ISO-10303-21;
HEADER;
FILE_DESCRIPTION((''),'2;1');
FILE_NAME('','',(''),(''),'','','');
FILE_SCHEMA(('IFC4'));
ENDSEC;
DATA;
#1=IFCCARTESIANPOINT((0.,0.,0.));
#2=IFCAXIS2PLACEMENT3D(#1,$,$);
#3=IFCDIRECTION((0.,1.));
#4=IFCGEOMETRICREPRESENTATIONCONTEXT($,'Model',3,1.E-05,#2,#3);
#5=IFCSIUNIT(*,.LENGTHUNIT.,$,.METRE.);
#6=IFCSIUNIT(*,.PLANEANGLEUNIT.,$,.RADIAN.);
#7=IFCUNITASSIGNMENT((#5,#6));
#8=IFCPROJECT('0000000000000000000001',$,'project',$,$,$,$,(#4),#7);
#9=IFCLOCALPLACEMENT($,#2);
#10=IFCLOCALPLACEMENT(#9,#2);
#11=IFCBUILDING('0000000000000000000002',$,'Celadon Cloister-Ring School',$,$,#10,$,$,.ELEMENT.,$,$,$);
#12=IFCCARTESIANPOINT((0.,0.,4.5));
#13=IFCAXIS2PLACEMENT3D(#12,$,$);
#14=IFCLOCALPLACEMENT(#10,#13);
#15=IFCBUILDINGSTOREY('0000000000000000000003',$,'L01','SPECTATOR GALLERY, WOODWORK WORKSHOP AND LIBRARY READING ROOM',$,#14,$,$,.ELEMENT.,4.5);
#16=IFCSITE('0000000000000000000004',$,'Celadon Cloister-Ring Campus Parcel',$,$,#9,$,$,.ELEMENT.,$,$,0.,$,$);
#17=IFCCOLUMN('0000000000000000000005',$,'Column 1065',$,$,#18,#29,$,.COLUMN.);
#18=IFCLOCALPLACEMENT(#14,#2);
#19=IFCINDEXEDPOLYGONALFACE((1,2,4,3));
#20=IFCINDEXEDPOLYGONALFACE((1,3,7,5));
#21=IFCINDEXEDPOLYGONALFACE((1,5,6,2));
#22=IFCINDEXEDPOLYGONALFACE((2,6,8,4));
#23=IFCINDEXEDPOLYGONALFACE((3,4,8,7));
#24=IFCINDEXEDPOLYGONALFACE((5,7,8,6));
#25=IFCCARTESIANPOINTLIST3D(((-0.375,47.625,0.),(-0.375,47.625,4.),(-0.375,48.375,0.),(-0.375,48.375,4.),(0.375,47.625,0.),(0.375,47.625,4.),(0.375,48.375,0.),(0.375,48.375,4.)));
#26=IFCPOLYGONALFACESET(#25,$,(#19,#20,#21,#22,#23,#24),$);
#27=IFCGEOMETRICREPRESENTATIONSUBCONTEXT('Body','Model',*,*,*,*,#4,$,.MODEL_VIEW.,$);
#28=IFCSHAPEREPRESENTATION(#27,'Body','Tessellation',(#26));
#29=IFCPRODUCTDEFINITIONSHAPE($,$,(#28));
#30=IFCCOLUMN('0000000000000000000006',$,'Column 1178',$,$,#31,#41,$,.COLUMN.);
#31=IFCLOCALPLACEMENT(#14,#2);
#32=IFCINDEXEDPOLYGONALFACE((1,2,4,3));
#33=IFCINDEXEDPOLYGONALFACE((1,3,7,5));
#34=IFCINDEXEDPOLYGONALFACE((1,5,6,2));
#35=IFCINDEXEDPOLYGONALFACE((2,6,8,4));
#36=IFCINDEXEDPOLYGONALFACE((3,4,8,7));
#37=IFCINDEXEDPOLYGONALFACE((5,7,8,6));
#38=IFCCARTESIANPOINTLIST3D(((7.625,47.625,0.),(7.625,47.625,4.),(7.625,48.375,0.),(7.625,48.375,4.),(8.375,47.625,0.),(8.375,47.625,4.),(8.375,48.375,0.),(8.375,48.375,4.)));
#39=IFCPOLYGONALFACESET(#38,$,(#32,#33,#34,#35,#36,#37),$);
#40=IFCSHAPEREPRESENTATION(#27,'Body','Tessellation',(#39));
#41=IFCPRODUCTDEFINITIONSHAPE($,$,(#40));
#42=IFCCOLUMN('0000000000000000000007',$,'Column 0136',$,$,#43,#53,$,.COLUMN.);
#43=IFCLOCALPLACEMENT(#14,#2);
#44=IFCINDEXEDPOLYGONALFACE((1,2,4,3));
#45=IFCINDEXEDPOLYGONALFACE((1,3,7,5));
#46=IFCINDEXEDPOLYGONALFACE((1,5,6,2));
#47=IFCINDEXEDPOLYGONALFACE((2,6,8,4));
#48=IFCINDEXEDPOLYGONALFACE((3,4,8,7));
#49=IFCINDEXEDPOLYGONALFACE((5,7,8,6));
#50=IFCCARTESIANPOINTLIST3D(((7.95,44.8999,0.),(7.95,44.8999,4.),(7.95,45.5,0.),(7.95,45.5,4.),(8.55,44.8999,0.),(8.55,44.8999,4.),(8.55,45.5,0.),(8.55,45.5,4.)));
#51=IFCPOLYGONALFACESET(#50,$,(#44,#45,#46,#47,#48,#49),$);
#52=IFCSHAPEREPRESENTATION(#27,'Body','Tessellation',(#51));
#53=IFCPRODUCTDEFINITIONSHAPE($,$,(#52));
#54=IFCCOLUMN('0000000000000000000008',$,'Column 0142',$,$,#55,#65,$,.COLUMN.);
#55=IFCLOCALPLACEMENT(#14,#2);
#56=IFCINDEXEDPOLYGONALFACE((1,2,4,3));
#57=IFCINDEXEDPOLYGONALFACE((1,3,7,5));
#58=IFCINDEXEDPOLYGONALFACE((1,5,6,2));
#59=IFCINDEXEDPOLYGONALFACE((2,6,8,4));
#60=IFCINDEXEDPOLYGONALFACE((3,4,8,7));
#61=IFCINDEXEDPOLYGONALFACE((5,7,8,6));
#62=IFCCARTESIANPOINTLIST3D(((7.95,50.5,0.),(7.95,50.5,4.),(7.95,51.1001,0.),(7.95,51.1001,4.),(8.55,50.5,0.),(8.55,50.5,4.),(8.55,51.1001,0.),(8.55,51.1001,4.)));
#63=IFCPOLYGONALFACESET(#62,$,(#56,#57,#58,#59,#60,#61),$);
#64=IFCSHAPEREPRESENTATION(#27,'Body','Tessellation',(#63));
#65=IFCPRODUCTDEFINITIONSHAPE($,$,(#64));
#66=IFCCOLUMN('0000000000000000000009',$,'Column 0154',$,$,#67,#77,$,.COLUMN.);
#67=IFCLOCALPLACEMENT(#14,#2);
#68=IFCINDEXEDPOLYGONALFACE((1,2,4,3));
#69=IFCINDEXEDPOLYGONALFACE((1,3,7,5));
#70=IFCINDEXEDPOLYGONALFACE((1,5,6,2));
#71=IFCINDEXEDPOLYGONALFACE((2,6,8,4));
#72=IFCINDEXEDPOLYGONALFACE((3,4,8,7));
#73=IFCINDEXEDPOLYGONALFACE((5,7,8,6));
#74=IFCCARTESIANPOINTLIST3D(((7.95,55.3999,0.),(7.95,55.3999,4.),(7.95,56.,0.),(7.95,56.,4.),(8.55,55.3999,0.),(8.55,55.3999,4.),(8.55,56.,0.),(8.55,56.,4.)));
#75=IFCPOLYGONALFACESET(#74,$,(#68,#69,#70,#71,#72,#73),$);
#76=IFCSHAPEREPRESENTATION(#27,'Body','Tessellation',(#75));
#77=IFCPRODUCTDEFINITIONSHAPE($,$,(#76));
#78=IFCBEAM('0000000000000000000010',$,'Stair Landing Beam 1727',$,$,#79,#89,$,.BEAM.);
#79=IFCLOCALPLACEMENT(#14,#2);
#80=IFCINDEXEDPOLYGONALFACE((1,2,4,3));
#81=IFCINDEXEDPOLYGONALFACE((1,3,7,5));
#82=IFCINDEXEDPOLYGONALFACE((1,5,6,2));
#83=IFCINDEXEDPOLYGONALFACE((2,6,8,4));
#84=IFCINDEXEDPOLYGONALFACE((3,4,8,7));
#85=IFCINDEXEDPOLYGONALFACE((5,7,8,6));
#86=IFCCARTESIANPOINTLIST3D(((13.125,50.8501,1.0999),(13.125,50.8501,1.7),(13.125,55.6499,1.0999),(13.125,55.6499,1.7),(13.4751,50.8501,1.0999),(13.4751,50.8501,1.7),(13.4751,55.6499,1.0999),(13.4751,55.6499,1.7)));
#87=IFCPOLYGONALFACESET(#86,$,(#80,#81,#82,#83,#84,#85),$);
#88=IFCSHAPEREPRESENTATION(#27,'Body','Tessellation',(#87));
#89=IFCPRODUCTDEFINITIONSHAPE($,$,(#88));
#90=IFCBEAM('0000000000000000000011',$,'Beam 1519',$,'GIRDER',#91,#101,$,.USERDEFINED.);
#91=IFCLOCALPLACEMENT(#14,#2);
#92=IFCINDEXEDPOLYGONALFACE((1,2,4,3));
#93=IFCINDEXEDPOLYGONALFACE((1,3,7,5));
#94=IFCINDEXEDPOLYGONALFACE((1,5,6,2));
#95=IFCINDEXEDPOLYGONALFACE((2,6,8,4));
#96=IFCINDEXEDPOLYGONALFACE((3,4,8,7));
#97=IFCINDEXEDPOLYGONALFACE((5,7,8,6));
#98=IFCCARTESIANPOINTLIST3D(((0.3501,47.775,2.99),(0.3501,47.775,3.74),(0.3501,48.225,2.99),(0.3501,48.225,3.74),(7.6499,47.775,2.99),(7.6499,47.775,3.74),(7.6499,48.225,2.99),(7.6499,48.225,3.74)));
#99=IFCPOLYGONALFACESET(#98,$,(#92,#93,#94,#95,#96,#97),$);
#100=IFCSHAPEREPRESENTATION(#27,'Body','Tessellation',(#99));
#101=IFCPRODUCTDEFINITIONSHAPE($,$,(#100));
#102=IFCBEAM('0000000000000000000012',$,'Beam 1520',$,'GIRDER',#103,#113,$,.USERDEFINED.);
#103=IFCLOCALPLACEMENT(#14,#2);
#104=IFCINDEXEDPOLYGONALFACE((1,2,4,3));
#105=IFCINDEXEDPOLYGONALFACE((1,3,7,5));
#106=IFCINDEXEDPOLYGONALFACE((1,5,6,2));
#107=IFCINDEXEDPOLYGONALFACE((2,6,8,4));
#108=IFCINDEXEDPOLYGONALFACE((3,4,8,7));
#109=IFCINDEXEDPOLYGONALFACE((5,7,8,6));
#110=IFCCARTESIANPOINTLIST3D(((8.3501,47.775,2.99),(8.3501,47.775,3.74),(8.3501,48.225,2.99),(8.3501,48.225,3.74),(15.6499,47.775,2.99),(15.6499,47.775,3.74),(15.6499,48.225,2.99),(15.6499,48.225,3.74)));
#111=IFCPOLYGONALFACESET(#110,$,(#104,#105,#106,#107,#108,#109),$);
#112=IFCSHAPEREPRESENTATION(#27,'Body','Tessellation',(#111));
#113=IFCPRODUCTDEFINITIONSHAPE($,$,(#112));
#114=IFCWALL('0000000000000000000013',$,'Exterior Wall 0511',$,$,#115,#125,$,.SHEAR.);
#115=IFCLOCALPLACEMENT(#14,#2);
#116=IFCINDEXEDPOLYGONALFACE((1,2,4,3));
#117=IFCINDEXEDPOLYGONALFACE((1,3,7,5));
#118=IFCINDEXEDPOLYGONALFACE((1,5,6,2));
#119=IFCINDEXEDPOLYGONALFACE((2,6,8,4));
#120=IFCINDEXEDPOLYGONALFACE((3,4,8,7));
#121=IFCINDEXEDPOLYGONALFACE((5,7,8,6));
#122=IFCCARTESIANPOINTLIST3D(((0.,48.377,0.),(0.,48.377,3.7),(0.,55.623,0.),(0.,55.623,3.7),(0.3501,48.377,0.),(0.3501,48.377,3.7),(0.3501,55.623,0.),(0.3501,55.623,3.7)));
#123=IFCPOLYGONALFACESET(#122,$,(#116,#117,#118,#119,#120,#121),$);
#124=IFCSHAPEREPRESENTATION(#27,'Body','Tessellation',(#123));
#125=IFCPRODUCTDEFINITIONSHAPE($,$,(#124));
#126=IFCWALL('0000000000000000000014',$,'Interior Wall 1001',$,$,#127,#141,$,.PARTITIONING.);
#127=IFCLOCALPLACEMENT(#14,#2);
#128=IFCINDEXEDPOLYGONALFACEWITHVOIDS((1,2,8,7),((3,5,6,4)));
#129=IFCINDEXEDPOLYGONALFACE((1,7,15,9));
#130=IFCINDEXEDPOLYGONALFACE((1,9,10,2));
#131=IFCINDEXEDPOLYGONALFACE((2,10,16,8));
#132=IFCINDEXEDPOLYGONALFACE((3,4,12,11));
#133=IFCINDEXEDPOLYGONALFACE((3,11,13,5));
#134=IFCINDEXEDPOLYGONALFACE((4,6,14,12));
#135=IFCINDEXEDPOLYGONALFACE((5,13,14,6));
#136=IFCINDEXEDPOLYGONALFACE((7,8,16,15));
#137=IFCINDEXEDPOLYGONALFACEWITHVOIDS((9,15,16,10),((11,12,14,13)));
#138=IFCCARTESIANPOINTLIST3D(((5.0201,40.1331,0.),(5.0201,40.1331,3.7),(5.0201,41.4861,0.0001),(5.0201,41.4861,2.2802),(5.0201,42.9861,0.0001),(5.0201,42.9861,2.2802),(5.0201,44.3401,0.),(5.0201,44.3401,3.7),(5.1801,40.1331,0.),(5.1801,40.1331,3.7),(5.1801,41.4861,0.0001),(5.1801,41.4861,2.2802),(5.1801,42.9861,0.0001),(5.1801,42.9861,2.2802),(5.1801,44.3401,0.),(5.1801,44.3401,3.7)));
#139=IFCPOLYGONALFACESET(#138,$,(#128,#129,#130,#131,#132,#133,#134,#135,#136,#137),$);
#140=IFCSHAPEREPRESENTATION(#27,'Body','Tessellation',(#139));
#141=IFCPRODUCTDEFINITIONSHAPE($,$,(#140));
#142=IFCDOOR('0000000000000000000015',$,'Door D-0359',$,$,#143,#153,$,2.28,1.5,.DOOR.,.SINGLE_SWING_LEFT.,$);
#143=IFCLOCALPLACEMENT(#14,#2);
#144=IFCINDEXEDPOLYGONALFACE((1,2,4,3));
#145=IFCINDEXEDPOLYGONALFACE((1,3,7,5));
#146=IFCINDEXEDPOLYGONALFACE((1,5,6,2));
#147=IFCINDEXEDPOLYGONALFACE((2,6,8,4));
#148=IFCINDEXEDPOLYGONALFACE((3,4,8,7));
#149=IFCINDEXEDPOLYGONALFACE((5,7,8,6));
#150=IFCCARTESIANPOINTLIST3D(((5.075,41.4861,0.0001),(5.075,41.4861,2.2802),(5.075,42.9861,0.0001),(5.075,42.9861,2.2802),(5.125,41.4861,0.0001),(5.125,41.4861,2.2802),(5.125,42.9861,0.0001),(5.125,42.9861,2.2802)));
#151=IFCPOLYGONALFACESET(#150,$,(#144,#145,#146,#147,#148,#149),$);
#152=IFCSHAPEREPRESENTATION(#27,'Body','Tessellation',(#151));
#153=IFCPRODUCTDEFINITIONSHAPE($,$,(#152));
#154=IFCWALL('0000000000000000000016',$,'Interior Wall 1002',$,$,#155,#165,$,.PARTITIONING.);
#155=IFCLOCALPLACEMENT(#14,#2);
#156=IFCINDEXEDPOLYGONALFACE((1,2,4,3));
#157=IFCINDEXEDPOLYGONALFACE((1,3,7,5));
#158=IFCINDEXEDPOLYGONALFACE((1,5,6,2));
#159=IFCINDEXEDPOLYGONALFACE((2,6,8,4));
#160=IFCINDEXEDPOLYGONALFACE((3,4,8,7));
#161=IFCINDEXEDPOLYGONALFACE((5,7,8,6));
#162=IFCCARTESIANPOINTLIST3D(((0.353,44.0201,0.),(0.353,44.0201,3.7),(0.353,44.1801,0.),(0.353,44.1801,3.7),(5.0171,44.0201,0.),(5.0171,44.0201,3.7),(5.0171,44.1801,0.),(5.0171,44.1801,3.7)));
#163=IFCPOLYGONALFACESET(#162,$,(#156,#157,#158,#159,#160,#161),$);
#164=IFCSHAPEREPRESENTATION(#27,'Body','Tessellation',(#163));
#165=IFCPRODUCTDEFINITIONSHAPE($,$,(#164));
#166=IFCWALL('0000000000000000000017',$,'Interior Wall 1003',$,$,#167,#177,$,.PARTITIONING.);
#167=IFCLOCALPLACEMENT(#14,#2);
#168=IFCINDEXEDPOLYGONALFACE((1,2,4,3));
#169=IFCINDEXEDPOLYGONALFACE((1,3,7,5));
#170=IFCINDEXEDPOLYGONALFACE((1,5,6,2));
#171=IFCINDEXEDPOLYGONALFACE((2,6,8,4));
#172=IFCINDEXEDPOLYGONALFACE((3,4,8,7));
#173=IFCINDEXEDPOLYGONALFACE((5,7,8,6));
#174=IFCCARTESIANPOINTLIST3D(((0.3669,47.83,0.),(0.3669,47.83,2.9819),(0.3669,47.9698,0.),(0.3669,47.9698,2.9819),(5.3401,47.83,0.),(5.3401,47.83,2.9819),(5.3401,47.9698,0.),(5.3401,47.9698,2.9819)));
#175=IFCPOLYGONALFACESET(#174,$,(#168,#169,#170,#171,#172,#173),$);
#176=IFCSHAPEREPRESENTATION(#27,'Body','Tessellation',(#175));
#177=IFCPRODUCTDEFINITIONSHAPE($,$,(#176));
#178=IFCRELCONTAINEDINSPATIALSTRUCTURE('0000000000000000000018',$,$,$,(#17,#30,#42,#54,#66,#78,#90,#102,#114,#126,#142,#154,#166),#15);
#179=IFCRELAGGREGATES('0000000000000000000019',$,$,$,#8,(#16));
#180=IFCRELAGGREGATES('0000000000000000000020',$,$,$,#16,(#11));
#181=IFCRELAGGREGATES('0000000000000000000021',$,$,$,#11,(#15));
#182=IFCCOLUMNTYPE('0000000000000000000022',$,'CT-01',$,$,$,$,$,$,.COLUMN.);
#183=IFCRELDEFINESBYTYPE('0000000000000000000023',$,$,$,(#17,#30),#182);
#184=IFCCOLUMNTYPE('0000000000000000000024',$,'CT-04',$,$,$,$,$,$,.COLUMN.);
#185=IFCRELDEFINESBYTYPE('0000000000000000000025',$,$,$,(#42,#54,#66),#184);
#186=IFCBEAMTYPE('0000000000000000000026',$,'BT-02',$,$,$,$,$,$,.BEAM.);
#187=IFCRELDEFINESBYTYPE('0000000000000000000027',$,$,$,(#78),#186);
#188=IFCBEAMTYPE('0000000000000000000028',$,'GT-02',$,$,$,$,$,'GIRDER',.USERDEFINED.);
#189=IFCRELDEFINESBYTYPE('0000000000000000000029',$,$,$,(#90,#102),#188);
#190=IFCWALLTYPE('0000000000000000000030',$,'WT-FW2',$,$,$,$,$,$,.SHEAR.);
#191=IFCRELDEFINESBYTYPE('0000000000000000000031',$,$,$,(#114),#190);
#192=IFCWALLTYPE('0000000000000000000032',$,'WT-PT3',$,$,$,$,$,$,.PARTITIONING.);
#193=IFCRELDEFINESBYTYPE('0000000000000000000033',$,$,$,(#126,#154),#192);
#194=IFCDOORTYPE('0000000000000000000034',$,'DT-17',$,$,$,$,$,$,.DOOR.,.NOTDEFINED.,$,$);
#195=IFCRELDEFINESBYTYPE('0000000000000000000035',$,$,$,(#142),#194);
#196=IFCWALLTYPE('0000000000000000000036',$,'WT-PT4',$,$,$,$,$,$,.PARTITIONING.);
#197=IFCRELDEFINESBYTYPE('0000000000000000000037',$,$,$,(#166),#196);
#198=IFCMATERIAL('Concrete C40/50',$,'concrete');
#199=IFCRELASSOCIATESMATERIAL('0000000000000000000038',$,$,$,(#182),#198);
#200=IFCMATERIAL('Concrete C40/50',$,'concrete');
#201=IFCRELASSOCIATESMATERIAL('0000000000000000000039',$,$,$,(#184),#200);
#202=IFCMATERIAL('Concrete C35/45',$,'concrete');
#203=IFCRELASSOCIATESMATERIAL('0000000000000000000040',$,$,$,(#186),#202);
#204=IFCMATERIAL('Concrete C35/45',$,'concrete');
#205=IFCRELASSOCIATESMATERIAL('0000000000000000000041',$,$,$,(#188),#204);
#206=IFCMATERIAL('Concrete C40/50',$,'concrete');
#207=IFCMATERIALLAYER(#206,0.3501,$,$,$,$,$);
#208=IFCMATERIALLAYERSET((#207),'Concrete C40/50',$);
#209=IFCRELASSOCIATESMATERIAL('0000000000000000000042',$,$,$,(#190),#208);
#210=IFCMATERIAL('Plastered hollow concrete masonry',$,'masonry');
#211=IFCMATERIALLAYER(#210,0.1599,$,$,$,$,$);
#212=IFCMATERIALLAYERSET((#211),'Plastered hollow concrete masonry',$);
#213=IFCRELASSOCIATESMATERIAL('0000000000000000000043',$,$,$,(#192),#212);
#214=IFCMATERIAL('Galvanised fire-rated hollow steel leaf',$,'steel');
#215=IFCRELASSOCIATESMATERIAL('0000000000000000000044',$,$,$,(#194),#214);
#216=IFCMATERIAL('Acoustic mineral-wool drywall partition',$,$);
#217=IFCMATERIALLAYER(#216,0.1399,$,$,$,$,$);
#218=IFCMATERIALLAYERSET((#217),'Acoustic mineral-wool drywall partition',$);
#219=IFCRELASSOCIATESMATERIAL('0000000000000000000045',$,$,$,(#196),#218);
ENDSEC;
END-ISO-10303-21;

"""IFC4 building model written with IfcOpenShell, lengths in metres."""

from ifc_helpers import new_model, si_unit, direction, frame, frame_2d, origin, origin_2d, place, context, subcontext, project, spatial, rectangle, extrude, material, layer, layer_set, material_profile, profile_set, type_object, element, fill, save


model = new_model("IFC4")

# Units and contexts
model_context = context("Model", 3, precision=1e-05, world=origin(), true_north=direction((0.0, 1.0)))
body_context = subcontext(model_context, "Body", "Model", "MODEL_VIEW")
ifc_project = project(units=[si_unit("LENGTHUNIT", "METRE"), si_unit("PLANEANGLEUNIT", "RADIAN")], contexts=[model_context])

# Site, building, storey
site_placement = place(None, origin())
site = spatial("IfcSite", under=ifc_project, at=site_placement, Name="Celadon Cloister-Ring Campus Parcel", CompositionType="ELEMENT", RefElevation=0.0)
building_placement = place(site_placement, origin())
building = spatial("IfcBuilding", under=site, at=building_placement, Name="Celadon Cloister-Ring School", CompositionType="ELEMENT")
storey_placement = place(building_placement, frame((0.0, 0.0, 4.5)))
storey = spatial("IfcBuildingStorey", under=building, at=storey_placement, Name="L01", Description="SPECTATOR GALLERY, WOODWORK WORKSHOP AND LIBRARY READING ROOM", CompositionType="ELEMENT", Elevation=4.5)

# Columns
ifc_material_1 = material(Name="Concrete C40/50", Category="concrete")
ifc_material_profile_1 = material_profile(ifc_material_1, rectangle(XDim=0.75, YDim=0.75, at=origin_2d()), Name="RC750X750")
ifc_profile_set_1 = profile_set([ifc_material_profile_1], Name="Concrete C40/50")
column_type_1 = type_object("IfcColumnType", Name="CT-01", PredefinedType="COLUMN", material=ifc_profile_set_1)
for number, where, z_axis, x_axis, name in (
    (1, (0.0, 48.0, 0.0), (0.0, 0.0, 1.0), (1.0, 0.0, 0.0), "Column 1065"),
    (2, (8.0, 48.0, 0.0), (0.0, 0.0, 1.0), (1.0, 0.0, 0.0), "Column 1178"),
):
    element("IfcColumn", number, at=place(storey_placement, frame(where, z_axis=z_axis, x_axis=x_axis)), inside=storey, type_object=column_type_1, Name=name, PredefinedType="COLUMN", context=body_context, shape_type="SweptSolid", body=[
        extrude(rectangle(XDim=0.75, YDim=0.75, at=origin_2d()), origin(), (0.0, 0.0, 1.0), 4.0),
    ])
ifc_material_2 = material(Name="Concrete C40/50", Category="concrete")
ifc_material_profile_2 = material_profile(ifc_material_2, rectangle(XDim=0.6001, YDim=0.6001, at=origin_2d()), Name="RC600X600")
ifc_profile_set_2 = profile_set([ifc_material_profile_2], Name="Concrete C40/50")
column_type_2 = type_object("IfcColumnType", Name="CT-04", PredefinedType="COLUMN", material=ifc_profile_set_2)
for number, where, z_axis, x_axis, name in (
    (3, (8.25, 45.2, 0.0), (0.0, 0.0, 1.0), (1.0, 0.0, 0.0), "Column 0136"),
    (4, (8.25, 50.8, 0.0), (0.0, 0.0, 1.0), (1.0, 0.0, 0.0), "Column 0142"),
    (5, (8.25, 55.7, 0.0), (0.0, 0.0, 1.0), (1.0, 0.0, 0.0), "Column 0154"),
):
    element("IfcColumn", number, at=place(storey_placement, frame(where, z_axis=z_axis, x_axis=x_axis)), inside=storey, type_object=column_type_2, Name=name, PredefinedType="COLUMN", context=body_context, shape_type="SweptSolid", body=[
        extrude(rectangle(XDim=0.6001, YDim=0.6001, at=origin_2d()), origin(), (0.0, 0.0, 1.0), 4.0),
    ])

# Beams
ifc_material_3 = material(Name="Concrete C35/45", Category="concrete")
ifc_material_profile_3 = material_profile(ifc_material_3, rectangle(XDim=0.3501, YDim=0.6001, at=origin_2d()), Name="RC350X600")
ifc_profile_set_3 = profile_set([ifc_material_profile_3], Name="Concrete C35/45")
beam_type_1 = type_object("IfcBeamType", Name="BT-02", PredefinedType="BEAM", material=ifc_profile_set_3)
beam_placement = place(storey_placement, frame((13.3, 50.8501, 1.3999), z_axis=(0.0, 1.0, 0.0), x_axis=(-1.0, 0.0, 0.0)))
element("IfcBeam", 6, at=beam_placement, inside=storey, type_object=beam_type_1, Name="Stair Landing Beam 1727", PredefinedType="BEAM", context=body_context, shape_type="SweptSolid", body=[
    extrude(rectangle(XDim=0.3501, YDim=0.6001, at=origin_2d()), origin(), (0.0, 0.0, 1.0), 4.7998),
])
ifc_material_4 = material(Name="Concrete C35/45", Category="concrete")
ifc_material_profile_4 = material_profile(ifc_material_4, rectangle(XDim=0.45, YDim=0.75, at=origin_2d()), Name="RC450X750")
ifc_profile_set_4 = profile_set([ifc_material_profile_4], Name="Concrete C35/45")
beam_type_2 = type_object("IfcBeamType", Name="GT-02", ElementType="GIRDER", PredefinedType="USERDEFINED", material=ifc_profile_set_4)
for number, where, z_axis, x_axis, name in (
    (7, (0.3501, 48.0, 3.365), (1.0, 0.0, 0.0), (0.0, 1.0, 0.0), "Beam 1519"),
    (8, (8.3501, 48.0, 3.365), (1.0, 0.0, 0.0), (0.0, 1.0, 0.0), "Beam 1520"),
):
    element("IfcBeam", number, at=place(storey_placement, frame(where, z_axis=z_axis, x_axis=x_axis)), inside=storey, type_object=beam_type_2, Name=name, ObjectType="GIRDER", PredefinedType="USERDEFINED", context=body_context, shape_type="SweptSolid", body=[
        extrude(rectangle(XDim=0.45, YDim=0.75, at=origin_2d()), origin(), (0.0, 0.0, 1.0), 7.2998),
    ])

# Wall
ifc_material_5 = material(Name="Concrete C40/50", Category="concrete")
ifc_layer_1 = layer(ifc_material_5, 0.3501)
ifc_layer_set_1 = layer_set([ifc_layer_1], Name="Concrete C40/50")
wall_type_1 = type_object("IfcWallType", Name="WT-FW2", PredefinedType="SHEAR", material=ifc_layer_set_1)
wall_1_placement = place(storey_placement, frame((0.175, 48.377, 0.0), z_axis=(0.0, 0.0, 1.0), x_axis=(0.0, 1.0, 0.0)))
element("IfcWall", 9, at=wall_1_placement, inside=storey, type_object=wall_type_1, Name="Exterior Wall 0511", PredefinedType="SHEAR", context=body_context, shape_type="SweptSolid", body=[
    extrude(rectangle(XDim=7.2461, YDim=0.3501, at=frame_2d((3.623, 0.0))), origin(), (0.0, 0.0, 1.0), 3.7),
])

# Wall, opening, door
ifc_material_6 = material(Name="Plastered hollow concrete masonry", Category="masonry")
ifc_layer_2 = layer(ifc_material_6, 0.1599)
ifc_layer_set_2 = layer_set([ifc_layer_2], Name="Plastered hollow concrete masonry")
wall_type_2 = type_object("IfcWallType", Name="WT-PT3", PredefinedType="PARTITIONING", material=ifc_layer_set_2)
wall_2_placement = place(storey_placement, frame((5.1001, 44.3401, 0.0), z_axis=(0.0, 0.0, 1.0), x_axis=(0.0, -1.0, 0.0)))
wall_2 = element("IfcWall", 10, at=wall_2_placement, inside=storey, type_object=wall_type_2, Name="Interior Wall 1001", PredefinedType="PARTITIONING", context=body_context, shape_type="SweptSolid", body=[
    extrude(rectangle(XDim=4.207, YDim=0.1599, at=frame_2d((2.1035, 0.0))), origin(), (0.0, 0.0, 1.0), 3.7),
])
opening_1_placement = place(wall_2_placement, frame((1.354, 0.0, 0.0)))
opening_1 = element("IfcOpeningElement", 11, at=opening_1_placement, cuts=wall_2, PredefinedType="OPENING", context=body_context, shape_type="SweptSolid", body=[
    extrude(rectangle(XDim=1.5, YDim=2.28, at=frame_2d((0.75, 1.1401))), frame((0.0, 0.0898, 0.0), z_axis=(0.0, -1.0, 0.0), x_axis=(1.0, 0.0, 0.0)), (0.0, 0.0, 1.0), 0.1799),
])
ifc_material_7 = material(Name="Galvanised fire-rated hollow steel leaf", Category="steel")
door_type_1 = type_object("IfcDoorType", Name="DT-17", OperationType="NOTDEFINED", PredefinedType="DOOR", material=ifc_material_7)
door_1_placement = place(opening_1_placement, origin())
door_1 = element("IfcDoor", 12, at=door_1_placement, inside=storey, type_object=door_type_1, Name="Door D-0359", OperationType="SINGLE_SWING_LEFT", OverallHeight=2.28, OverallWidth=1.5, PredefinedType="DOOR", context=body_context, shape_type="SweptSolid", body=[
    extrude(rectangle(XDim=1.5, YDim=2.28, at=frame_2d((0.75, 1.1401))), frame((0.0, 0.0249, 0.0), z_axis=(0.0, -1.0, 0.0), x_axis=(1.0, 0.0, 0.0)), (0.0, 0.0, 1.0), 0.05),
])
fill(opening_1, door_1)

# Walls
wall_3_placement = place(storey_placement, frame((0.353, 44.1001, 0.0), z_axis=(0.0, 0.0, 1.0), x_axis=(1.0, 0.0, 0.0)))
element("IfcWall", 13, at=wall_3_placement, inside=storey, type_object=wall_type_2, Name="Interior Wall 1002", PredefinedType="PARTITIONING", context=body_context, shape_type="SweptSolid", body=[
    extrude(rectangle(XDim=4.6641, YDim=0.1599, at=frame_2d((2.332, 0.0))), origin(), (0.0, 0.0, 1.0), 3.7),
])
ifc_material_8 = material(Name="Acoustic mineral-wool drywall partition")
ifc_layer_3 = layer(ifc_material_8, 0.1399)
ifc_layer_set_3 = layer_set([ifc_layer_3], Name="Acoustic mineral-wool drywall partition")
wall_type_3 = type_object("IfcWallType", Name="WT-PT4", PredefinedType="PARTITIONING", material=ifc_layer_set_3)
wall_4_placement = place(storey_placement, frame((0.3669, 47.8999, 0.0), z_axis=(0.0, 0.0, 1.0), x_axis=(1.0, 0.0, 0.0)))
element("IfcWall", 14, at=wall_4_placement, inside=storey, type_object=wall_type_3, Name="Interior Wall 1003", PredefinedType="PARTITIONING", context=body_context, shape_type="SweptSolid", body=[
    extrude(rectangle(XDim=4.9731, YDim=0.1399, at=frame_2d((2.4866, 0.0))), origin(), (0.0, 0.0, 1.0), 2.9819),
])

save(model, "model.ifc")
